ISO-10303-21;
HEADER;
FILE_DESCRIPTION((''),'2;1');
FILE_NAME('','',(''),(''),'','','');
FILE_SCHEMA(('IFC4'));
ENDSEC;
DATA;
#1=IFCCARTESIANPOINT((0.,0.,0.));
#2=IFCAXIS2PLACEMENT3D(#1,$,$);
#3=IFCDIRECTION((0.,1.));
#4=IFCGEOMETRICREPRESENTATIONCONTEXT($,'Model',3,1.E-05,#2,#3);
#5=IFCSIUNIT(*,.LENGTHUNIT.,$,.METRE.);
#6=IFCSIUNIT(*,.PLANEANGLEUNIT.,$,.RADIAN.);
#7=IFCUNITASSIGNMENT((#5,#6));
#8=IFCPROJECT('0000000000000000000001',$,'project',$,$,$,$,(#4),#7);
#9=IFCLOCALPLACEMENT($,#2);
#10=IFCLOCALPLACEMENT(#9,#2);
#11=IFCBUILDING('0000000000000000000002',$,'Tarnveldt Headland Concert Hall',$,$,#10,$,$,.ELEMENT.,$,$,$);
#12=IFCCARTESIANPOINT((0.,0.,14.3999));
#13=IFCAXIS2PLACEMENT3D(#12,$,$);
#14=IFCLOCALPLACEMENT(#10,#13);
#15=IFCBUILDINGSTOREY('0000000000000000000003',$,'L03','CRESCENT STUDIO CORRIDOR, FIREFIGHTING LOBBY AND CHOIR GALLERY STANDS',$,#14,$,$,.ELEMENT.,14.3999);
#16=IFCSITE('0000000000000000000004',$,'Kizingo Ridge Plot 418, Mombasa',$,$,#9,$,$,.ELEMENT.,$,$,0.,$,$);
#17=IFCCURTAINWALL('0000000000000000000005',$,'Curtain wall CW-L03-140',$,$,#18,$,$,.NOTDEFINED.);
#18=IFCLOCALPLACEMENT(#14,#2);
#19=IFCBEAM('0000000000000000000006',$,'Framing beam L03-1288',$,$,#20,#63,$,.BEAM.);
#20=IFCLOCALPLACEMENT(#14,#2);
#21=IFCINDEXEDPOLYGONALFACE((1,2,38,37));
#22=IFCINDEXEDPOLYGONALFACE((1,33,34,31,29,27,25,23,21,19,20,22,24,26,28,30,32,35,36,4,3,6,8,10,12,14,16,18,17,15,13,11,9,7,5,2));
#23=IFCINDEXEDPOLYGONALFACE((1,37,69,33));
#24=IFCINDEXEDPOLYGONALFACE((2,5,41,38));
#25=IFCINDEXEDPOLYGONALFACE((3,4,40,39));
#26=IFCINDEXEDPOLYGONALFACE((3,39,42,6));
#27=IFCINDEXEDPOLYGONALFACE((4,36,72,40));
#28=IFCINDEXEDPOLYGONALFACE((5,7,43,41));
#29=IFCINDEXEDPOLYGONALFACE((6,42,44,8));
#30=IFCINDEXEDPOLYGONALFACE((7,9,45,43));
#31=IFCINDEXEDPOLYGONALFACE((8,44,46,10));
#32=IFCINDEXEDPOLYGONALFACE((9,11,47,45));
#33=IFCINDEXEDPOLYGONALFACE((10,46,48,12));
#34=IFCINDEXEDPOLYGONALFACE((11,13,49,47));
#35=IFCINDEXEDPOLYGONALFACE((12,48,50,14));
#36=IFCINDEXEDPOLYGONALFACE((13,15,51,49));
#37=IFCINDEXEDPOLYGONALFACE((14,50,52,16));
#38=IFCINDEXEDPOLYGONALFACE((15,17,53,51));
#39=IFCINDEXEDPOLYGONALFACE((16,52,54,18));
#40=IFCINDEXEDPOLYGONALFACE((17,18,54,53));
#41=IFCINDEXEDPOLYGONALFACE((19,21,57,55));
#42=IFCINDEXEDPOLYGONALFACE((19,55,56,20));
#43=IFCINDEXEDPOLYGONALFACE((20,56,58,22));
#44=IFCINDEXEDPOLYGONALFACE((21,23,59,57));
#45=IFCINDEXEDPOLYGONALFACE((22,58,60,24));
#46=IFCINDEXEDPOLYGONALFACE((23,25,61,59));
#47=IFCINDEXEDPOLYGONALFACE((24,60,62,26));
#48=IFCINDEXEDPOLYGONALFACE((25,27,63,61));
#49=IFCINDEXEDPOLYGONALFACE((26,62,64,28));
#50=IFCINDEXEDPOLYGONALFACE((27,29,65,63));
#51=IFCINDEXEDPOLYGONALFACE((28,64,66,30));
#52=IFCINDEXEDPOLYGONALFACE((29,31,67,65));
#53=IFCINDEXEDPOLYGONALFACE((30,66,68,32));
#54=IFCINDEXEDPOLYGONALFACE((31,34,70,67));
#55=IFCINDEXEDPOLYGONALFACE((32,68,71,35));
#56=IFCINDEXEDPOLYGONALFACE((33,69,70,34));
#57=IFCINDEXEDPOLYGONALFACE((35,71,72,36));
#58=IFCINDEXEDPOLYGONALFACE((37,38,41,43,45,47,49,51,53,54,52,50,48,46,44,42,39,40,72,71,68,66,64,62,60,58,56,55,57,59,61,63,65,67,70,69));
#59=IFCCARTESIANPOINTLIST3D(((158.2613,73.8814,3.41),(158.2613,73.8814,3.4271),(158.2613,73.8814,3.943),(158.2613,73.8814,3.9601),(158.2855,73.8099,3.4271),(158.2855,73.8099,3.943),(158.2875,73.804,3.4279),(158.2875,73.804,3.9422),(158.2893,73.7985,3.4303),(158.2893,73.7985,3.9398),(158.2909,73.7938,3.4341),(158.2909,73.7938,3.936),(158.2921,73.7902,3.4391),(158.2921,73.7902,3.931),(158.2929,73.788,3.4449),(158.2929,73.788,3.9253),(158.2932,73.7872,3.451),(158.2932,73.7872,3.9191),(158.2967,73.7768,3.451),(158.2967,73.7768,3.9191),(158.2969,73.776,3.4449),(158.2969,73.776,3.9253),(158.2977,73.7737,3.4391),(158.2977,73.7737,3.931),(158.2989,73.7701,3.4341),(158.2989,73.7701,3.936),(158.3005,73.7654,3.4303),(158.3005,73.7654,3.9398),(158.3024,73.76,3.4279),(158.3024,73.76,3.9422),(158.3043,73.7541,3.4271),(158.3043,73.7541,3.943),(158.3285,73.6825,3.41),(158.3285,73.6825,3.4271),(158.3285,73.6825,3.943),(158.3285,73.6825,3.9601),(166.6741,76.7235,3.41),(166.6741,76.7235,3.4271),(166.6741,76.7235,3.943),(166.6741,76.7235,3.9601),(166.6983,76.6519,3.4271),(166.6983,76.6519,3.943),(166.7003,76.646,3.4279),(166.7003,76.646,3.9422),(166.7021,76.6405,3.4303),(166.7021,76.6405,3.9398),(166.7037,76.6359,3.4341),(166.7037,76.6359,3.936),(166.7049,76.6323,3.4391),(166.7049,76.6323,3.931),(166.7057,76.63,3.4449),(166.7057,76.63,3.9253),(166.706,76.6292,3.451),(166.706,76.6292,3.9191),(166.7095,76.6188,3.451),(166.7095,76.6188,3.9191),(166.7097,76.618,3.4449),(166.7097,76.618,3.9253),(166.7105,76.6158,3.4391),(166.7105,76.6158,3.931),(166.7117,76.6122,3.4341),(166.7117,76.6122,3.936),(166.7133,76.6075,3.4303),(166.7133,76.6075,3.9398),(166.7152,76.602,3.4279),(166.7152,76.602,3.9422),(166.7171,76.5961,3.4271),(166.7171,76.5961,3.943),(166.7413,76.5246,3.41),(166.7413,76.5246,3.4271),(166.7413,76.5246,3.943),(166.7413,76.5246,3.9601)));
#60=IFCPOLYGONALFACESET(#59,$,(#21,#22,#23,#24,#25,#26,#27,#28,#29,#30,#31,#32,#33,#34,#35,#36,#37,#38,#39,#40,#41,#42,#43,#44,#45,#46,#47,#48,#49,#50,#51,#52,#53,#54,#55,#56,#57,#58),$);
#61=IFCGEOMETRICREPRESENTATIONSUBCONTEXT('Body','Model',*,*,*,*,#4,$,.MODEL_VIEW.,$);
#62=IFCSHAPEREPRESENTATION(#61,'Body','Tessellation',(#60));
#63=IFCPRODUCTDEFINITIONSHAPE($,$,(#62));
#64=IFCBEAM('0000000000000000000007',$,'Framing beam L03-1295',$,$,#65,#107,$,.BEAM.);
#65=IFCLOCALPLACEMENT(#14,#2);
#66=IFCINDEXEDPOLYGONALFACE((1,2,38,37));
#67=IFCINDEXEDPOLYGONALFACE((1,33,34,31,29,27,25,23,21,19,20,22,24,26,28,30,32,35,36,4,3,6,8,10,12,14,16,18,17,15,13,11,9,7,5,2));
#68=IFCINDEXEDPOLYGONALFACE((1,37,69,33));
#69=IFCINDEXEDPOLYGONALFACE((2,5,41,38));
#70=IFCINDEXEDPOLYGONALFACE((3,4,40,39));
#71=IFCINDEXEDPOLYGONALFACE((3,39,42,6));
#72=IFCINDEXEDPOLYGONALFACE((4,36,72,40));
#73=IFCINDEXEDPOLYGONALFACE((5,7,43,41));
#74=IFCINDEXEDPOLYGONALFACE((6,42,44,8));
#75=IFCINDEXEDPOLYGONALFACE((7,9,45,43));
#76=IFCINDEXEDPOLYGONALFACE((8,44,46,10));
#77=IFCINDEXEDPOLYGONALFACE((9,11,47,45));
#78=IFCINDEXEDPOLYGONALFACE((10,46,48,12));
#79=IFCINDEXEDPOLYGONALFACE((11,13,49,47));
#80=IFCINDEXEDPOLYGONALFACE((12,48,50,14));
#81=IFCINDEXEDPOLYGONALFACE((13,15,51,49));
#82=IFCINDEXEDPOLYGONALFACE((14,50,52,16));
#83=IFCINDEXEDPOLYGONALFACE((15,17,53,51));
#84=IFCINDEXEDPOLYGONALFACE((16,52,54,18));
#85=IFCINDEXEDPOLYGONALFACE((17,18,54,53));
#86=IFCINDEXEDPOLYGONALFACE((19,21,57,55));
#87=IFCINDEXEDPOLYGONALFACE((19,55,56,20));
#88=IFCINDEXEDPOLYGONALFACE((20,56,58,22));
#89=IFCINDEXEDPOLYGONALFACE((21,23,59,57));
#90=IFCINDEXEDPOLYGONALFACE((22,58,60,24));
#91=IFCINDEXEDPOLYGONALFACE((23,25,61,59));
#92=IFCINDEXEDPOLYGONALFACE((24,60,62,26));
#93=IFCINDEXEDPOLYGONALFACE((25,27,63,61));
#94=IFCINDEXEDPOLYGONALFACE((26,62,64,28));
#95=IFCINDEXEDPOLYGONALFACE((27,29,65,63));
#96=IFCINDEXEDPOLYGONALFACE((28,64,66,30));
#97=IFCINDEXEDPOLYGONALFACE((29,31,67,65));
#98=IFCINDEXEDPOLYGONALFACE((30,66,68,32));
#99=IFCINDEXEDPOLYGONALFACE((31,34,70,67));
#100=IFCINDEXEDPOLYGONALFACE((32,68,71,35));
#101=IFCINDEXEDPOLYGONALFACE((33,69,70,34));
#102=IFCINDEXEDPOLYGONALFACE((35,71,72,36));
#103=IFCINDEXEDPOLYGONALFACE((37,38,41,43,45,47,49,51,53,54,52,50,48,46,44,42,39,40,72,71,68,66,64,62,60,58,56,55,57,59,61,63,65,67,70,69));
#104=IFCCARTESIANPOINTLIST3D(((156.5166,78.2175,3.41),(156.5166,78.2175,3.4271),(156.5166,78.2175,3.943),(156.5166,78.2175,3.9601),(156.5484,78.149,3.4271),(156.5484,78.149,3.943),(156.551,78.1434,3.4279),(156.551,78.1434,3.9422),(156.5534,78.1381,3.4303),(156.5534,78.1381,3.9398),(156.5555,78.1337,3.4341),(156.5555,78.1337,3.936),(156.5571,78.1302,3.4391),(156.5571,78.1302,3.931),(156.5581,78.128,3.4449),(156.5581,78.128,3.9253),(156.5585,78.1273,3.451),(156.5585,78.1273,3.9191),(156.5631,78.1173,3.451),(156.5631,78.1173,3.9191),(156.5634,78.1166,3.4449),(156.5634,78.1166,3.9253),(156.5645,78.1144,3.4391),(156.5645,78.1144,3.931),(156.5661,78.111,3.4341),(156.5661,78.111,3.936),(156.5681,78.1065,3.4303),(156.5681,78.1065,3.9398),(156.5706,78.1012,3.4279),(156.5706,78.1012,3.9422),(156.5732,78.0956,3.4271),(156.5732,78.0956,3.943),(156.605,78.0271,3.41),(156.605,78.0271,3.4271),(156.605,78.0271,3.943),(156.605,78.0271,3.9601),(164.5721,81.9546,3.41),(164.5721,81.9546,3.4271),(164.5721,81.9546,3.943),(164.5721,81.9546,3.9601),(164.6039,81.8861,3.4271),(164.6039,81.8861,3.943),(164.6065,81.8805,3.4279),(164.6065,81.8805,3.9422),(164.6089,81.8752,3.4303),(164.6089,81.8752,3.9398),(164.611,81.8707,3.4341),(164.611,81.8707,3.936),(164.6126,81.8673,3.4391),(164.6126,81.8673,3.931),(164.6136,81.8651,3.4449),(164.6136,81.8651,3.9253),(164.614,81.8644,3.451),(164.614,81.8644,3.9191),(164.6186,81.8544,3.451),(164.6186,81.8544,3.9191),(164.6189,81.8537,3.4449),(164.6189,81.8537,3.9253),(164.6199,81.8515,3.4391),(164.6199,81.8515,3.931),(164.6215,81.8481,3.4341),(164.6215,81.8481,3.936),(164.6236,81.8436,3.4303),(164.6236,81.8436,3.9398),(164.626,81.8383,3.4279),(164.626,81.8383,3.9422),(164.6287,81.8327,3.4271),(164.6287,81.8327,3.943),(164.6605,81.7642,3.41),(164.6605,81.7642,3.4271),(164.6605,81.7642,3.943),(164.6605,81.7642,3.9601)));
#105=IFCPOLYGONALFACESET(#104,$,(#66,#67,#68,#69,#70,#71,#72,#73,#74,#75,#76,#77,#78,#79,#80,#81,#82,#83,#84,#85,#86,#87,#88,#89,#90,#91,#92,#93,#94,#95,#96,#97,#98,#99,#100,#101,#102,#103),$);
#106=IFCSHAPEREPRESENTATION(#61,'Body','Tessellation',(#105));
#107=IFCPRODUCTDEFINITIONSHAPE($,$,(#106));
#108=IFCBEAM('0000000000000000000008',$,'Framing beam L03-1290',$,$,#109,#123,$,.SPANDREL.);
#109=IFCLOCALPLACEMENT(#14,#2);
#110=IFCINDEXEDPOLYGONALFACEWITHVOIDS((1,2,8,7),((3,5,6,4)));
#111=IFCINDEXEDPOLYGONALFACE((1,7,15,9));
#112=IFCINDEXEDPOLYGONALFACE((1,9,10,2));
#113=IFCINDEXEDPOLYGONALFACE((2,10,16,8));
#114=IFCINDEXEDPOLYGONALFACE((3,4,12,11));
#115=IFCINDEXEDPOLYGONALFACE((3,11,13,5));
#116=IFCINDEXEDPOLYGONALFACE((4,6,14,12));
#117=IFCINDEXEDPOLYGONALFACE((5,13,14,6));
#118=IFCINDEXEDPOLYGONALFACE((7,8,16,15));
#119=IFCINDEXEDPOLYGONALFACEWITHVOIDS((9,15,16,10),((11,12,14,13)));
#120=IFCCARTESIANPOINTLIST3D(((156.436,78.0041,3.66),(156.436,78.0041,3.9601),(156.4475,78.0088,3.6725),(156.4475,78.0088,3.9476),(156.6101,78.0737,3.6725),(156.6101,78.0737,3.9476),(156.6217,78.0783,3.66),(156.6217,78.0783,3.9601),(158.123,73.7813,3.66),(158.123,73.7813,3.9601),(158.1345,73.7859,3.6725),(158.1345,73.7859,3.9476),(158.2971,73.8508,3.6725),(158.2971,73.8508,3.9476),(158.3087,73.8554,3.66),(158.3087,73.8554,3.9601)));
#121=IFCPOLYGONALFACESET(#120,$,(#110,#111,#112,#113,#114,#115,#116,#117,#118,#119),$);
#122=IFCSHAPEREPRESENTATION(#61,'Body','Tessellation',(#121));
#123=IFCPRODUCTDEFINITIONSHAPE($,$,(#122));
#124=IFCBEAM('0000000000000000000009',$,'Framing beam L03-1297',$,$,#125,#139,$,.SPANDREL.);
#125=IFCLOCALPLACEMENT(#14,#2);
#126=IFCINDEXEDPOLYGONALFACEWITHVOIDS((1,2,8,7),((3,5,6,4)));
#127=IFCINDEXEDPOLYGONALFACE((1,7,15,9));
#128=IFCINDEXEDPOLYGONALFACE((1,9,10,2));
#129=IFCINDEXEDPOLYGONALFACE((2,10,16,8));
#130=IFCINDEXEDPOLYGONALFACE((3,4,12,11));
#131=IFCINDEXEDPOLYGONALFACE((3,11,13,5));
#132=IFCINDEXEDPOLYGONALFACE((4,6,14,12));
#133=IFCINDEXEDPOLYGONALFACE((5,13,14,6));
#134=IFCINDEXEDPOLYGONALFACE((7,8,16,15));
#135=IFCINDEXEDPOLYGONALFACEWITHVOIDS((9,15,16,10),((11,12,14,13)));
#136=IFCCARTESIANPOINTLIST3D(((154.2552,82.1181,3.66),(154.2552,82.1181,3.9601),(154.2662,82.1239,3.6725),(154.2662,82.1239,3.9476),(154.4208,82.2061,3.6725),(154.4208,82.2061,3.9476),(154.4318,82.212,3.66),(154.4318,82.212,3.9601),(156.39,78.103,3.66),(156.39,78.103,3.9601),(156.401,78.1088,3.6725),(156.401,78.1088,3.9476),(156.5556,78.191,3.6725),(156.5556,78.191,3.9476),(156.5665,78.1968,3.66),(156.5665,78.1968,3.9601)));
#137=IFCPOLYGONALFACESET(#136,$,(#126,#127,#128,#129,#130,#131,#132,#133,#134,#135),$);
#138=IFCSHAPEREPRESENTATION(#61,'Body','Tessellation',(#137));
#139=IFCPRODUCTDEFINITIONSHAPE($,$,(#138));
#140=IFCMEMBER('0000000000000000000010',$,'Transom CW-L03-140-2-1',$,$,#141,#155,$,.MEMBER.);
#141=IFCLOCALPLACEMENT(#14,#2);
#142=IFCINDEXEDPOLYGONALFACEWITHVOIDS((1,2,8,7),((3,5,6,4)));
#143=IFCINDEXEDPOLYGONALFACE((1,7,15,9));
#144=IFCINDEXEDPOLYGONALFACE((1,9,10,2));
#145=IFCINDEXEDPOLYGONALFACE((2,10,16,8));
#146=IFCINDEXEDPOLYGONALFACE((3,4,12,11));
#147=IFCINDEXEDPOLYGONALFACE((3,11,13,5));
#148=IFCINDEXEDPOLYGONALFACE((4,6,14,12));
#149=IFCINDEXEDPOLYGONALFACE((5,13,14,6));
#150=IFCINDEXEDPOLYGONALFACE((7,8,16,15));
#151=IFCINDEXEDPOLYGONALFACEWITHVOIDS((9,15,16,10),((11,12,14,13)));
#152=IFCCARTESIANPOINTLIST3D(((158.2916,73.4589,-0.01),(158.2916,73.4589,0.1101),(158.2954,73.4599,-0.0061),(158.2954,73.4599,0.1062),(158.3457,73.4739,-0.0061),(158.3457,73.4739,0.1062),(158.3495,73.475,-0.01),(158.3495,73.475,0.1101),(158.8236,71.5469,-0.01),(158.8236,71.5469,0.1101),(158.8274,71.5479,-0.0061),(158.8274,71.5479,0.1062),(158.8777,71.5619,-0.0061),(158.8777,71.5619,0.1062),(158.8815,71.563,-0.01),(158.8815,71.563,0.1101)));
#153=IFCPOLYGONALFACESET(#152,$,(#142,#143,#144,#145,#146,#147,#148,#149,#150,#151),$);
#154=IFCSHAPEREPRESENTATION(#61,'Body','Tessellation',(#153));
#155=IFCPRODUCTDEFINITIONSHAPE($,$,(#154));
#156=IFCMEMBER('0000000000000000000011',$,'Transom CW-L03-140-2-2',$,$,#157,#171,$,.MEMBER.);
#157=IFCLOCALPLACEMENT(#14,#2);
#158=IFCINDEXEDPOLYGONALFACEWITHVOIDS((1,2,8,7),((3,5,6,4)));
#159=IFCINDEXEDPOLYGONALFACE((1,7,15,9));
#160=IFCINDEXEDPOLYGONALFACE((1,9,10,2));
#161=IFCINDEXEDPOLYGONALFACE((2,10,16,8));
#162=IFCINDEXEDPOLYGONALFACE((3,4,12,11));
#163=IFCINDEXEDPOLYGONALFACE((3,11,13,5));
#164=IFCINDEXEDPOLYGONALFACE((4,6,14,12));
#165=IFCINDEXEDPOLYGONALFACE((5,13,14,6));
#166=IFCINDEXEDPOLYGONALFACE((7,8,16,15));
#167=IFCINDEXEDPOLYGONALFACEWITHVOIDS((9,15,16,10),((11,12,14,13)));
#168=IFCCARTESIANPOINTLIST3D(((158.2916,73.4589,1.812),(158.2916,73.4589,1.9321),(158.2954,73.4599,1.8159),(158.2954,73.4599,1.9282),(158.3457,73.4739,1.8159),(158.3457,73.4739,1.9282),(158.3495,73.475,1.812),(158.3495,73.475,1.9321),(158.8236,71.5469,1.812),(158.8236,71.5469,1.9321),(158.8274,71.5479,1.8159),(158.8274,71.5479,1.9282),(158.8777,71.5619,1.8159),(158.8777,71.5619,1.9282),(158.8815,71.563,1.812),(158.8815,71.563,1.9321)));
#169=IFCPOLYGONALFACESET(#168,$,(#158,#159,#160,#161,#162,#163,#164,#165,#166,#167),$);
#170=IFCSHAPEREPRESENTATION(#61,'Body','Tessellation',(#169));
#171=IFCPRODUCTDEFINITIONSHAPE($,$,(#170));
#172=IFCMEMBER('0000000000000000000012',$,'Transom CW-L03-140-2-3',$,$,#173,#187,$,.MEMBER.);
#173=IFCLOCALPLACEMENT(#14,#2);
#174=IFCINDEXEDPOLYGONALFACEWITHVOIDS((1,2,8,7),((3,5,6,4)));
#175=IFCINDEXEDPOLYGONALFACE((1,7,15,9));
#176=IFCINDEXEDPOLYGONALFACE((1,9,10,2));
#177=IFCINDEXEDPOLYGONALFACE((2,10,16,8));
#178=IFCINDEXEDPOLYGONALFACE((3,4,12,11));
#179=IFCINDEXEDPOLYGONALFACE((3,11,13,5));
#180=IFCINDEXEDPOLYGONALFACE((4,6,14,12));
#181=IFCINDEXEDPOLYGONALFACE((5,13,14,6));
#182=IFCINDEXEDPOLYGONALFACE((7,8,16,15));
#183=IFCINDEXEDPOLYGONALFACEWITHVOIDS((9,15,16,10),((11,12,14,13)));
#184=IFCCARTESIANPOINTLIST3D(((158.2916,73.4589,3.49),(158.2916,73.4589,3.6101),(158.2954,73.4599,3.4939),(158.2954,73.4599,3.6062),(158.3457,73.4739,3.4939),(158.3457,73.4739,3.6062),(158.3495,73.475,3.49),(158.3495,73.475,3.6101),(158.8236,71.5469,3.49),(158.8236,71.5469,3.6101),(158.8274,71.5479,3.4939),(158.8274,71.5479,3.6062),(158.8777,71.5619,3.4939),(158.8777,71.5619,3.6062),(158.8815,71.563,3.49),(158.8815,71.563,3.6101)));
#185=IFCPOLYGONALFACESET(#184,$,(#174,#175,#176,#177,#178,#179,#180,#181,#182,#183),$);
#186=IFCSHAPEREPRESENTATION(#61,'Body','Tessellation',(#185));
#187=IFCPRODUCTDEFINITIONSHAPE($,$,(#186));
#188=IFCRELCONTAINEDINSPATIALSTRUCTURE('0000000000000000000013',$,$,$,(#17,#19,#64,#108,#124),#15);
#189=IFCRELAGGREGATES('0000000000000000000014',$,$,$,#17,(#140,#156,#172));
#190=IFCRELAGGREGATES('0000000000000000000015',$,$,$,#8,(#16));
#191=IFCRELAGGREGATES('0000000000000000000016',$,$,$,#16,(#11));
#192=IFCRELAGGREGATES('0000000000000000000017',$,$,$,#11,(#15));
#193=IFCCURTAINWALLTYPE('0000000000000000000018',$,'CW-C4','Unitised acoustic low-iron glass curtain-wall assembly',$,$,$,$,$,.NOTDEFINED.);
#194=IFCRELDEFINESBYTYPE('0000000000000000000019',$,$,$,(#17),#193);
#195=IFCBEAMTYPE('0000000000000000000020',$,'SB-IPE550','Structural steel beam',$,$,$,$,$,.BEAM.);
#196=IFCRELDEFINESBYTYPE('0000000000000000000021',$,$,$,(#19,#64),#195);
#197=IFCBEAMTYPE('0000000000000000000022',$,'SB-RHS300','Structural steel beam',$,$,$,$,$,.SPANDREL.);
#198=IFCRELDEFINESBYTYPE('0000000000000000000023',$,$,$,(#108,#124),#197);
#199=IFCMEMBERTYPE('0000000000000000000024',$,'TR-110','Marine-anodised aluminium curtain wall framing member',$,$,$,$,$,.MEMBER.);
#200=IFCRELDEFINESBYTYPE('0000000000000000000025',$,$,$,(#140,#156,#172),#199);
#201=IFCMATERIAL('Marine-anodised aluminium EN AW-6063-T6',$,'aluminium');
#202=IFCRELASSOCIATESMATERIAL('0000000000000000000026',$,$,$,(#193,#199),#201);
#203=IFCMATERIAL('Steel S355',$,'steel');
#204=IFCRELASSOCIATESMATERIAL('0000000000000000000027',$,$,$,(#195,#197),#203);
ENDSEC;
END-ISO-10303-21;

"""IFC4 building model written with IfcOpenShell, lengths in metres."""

from ifc_helpers import new_model, si_unit, direction, frame, origin, origin_2d, place, context, subcontext, project, spatial, hollow_rectangle, i_section, extrude, material, material_profile, profile_set, type_object, element, aggregate, save


model = new_model("IFC4")

# Units and contexts
model_context = context("Model", 3, precision=1e-05, world=origin(), true_north=direction((0.0, 1.0)))
body_context = subcontext(model_context, "Body", "Model", "MODEL_VIEW")
ifc_project = project(units=[si_unit("LENGTHUNIT", "METRE"), si_unit("PLANEANGLEUNIT", "RADIAN")], contexts=[model_context])

# Site, building, storey
site_placement = place(None, origin())
site = spatial("IfcSite", under=ifc_project, at=site_placement, Name="Kizingo Ridge Plot 418, Mombasa", CompositionType="ELEMENT", RefElevation=0.0)
building_placement = place(site_placement, origin())
building = spatial("IfcBuilding", under=site, at=building_placement, Name="Tarnveldt Headland Concert Hall", CompositionType="ELEMENT")
storey_placement = place(building_placement, frame((0.0, 0.0, 14.3999)))
storey = spatial("IfcBuildingStorey", under=building, at=storey_placement, Name="L03", Description="CRESCENT STUDIO CORRIDOR, FIREFIGHTING LOBBY AND CHOIR GALLERY STANDS", CompositionType="ELEMENT", Elevation=14.3999)

# Shared definitions
ifc_material_1 = material(Name="Steel S355", Category="steel")

# Curtain wall
ifc_material_2 = material(Name="Marine-anodised aluminium EN AW-6063-T6", Category="aluminium")
curtain_wall_type = type_object("IfcCurtainWallType", Name="CW-C4", Description="Unitised acoustic low-iron glass curtain-wall assembly", PredefinedType="NOTDEFINED", material=ifc_material_2)
curtain_wall_1_placement = place(storey_placement, origin())
curtain_wall_1 = element("IfcCurtainWall", 1, at=curtain_wall_1_placement, inside=storey, type_object=curtain_wall_type, Name="Curtain wall CW-L03-140", PredefinedType="NOTDEFINED")

# Beams
ifc_material_profile_1 = material_profile(ifc_material_1, i_section(OverallWidth=0.21, OverallDepth=0.55, WebThickness=0.011, FlangeThickness=0.0171, FilletRadius=0.0239, at=origin_2d()), Name="IPE550", Category="steel")
ifc_profile_set_1 = profile_set([ifc_material_profile_1], Name="Steel S355")
beam_type_1 = type_object("IfcBeamType", Name="SB-IPE550", Description="Structural steel beam", PredefinedType="BEAM", material=ifc_profile_set_1)
beam_1_placement = place(storey_placement, frame((158.2949, 73.782, 3.6851), z_axis=(0.9474, 0.320052, 0.0), x_axis=(-0.320052, 0.9474, 0.0)))
element("IfcBeam", 2, at=beam_1_placement, inside=storey, type_object=beam_type_1, Name="Framing beam L03-1288", PredefinedType="BEAM", context=body_context, shape_type="SweptSolid", body=[
    extrude(i_section(OverallWidth=0.21, OverallDepth=0.55, WebThickness=0.011, FlangeThickness=0.0171, FilletRadius=0.0239, at=origin_2d()), origin(), (0.0, 0.0, 1.0), 8.8799),
])
beam_2_placement = place(storey_placement, frame((156.5608, 78.1223, 3.6851), z_axis=(0.907136, 0.420837, 0.0), x_axis=(-0.420837, 0.907136, 0.0)))
element("IfcBeam", 3, at=beam_2_placement, inside=storey, type_object=beam_type_1, Name="Framing beam L03-1295", PredefinedType="BEAM", context=body_context, shape_type="SweptSolid", body=[
    extrude(i_section(OverallWidth=0.21, OverallDepth=0.55, WebThickness=0.011, FlangeThickness=0.0171, FilletRadius=0.0239, at=origin_2d()), origin(), (0.0, 0.0, 1.0), 8.8801),
])
ifc_material_profile_2 = material_profile(ifc_material_1, hollow_rectangle(XDim=0.2, YDim=0.3, WallThickness=0.0125, at=origin_2d()), Name="RHS 300x200x12.5", Category="steel")
ifc_profile_set_2 = profile_set([ifc_material_profile_2], Name="Steel S355")
beam_type_2 = type_object("IfcBeamType", Name="SB-RHS300", Description="Structural steel beam", PredefinedType="SPANDREL", material=ifc_profile_set_2)
for number, where, z_axis, x_axis, name in (
    (4, (158.2158, 73.8184, 3.8101), (-0.370983, 0.92864, 0.0), (-0.92864, -0.370983, 0.0), "Framing beam L03-1290"),
    (5, (156.4783, 78.1499, 3.8101), (-0.469451, 0.882959, 0.0), (-0.882959, -0.469451, 0.0), "Framing beam L03-1297"),
):
    element("IfcBeam", number, at=place(storey_placement, frame(where, z_axis=z_axis, x_axis=x_axis)), inside=storey, type_object=beam_type_2, Name=name, PredefinedType="SPANDREL", context=body_context, shape_type="SweptSolid", body=[
        extrude(hollow_rectangle(XDim=0.2, YDim=0.3, WallThickness=0.0125, at=origin_2d()), origin(), (0.0, 0.0, 1.0), 4.5474),
    ])

# Members
ifc_material_profile_3 = material_profile(ifc_material_2, hollow_rectangle(XDim=0.0601, YDim=0.1201, WallThickness=0.0039, at=origin_2d()), Name="ALU TRANSOM 60x120x4", Category="aluminium")
ifc_profile_set_3 = profile_set([ifc_material_profile_3], Name="Marine-anodised aluminium EN AW-6063-T6")
member_type_1 = type_object("IfcMemberType", Name="TR-110", Description="Marine-anodised aluminium curtain wall framing member", PredefinedType="MEMBER", material=ifc_profile_set_3)
member_1_placement = place(storey_placement, frame((158.8525, 71.5549, 0.05), z_axis=(-0.268069, 0.9634, 0.0), x_axis=(-0.9634, -0.268069, 0.0)))
member_1 = element("IfcMember", 6, at=member_1_placement, type_object=member_type_1, Name="Transom CW-L03-140-2-1", PredefinedType="MEMBER", context=body_context, shape_type="SweptSolid", body=[
    extrude(hollow_rectangle(XDim=0.0601, YDim=0.1201, WallThickness=0.0039, at=origin_2d()), origin(), (0.0, 0.0, 1.0), 1.9846),
])
member_2_placement = place(storey_placement, frame((158.8525, 71.5549, 1.8721), z_axis=(-0.268069, 0.9634, 0.0), x_axis=(-0.9634, -0.268069, 0.0)))
member_2 = element("IfcMember", 7, at=member_2_placement, type_object=member_type_1, Name="Transom CW-L03-140-2-2", PredefinedType="MEMBER", context=body_context, shape_type="SweptSolid", body=[
    extrude(hollow_rectangle(XDim=0.0601, YDim=0.1201, WallThickness=0.0039, at=origin_2d()), origin(), (0.0, 0.0, 1.0), 1.9846),
])
member_3_placement = place(storey_placement, frame((158.8525, 71.5549, 3.55), z_axis=(-0.268069, 0.9634, 0.0), x_axis=(-0.9634, -0.268069, 0.0)))
member_3 = element("IfcMember", 8, at=member_3_placement, type_object=member_type_1, Name="Transom CW-L03-140-2-3", PredefinedType="MEMBER", context=body_context, shape_type="SweptSolid", body=[
    extrude(hollow_rectangle(XDim=0.0601, YDim=0.1201, WallThickness=0.0039, at=origin_2d()), origin(), (0.0, 0.0, 1.0), 1.9846),
])

aggregate(curtain_wall_1, [member_1, member_2, member_3])

save(model, "model.ifc")
